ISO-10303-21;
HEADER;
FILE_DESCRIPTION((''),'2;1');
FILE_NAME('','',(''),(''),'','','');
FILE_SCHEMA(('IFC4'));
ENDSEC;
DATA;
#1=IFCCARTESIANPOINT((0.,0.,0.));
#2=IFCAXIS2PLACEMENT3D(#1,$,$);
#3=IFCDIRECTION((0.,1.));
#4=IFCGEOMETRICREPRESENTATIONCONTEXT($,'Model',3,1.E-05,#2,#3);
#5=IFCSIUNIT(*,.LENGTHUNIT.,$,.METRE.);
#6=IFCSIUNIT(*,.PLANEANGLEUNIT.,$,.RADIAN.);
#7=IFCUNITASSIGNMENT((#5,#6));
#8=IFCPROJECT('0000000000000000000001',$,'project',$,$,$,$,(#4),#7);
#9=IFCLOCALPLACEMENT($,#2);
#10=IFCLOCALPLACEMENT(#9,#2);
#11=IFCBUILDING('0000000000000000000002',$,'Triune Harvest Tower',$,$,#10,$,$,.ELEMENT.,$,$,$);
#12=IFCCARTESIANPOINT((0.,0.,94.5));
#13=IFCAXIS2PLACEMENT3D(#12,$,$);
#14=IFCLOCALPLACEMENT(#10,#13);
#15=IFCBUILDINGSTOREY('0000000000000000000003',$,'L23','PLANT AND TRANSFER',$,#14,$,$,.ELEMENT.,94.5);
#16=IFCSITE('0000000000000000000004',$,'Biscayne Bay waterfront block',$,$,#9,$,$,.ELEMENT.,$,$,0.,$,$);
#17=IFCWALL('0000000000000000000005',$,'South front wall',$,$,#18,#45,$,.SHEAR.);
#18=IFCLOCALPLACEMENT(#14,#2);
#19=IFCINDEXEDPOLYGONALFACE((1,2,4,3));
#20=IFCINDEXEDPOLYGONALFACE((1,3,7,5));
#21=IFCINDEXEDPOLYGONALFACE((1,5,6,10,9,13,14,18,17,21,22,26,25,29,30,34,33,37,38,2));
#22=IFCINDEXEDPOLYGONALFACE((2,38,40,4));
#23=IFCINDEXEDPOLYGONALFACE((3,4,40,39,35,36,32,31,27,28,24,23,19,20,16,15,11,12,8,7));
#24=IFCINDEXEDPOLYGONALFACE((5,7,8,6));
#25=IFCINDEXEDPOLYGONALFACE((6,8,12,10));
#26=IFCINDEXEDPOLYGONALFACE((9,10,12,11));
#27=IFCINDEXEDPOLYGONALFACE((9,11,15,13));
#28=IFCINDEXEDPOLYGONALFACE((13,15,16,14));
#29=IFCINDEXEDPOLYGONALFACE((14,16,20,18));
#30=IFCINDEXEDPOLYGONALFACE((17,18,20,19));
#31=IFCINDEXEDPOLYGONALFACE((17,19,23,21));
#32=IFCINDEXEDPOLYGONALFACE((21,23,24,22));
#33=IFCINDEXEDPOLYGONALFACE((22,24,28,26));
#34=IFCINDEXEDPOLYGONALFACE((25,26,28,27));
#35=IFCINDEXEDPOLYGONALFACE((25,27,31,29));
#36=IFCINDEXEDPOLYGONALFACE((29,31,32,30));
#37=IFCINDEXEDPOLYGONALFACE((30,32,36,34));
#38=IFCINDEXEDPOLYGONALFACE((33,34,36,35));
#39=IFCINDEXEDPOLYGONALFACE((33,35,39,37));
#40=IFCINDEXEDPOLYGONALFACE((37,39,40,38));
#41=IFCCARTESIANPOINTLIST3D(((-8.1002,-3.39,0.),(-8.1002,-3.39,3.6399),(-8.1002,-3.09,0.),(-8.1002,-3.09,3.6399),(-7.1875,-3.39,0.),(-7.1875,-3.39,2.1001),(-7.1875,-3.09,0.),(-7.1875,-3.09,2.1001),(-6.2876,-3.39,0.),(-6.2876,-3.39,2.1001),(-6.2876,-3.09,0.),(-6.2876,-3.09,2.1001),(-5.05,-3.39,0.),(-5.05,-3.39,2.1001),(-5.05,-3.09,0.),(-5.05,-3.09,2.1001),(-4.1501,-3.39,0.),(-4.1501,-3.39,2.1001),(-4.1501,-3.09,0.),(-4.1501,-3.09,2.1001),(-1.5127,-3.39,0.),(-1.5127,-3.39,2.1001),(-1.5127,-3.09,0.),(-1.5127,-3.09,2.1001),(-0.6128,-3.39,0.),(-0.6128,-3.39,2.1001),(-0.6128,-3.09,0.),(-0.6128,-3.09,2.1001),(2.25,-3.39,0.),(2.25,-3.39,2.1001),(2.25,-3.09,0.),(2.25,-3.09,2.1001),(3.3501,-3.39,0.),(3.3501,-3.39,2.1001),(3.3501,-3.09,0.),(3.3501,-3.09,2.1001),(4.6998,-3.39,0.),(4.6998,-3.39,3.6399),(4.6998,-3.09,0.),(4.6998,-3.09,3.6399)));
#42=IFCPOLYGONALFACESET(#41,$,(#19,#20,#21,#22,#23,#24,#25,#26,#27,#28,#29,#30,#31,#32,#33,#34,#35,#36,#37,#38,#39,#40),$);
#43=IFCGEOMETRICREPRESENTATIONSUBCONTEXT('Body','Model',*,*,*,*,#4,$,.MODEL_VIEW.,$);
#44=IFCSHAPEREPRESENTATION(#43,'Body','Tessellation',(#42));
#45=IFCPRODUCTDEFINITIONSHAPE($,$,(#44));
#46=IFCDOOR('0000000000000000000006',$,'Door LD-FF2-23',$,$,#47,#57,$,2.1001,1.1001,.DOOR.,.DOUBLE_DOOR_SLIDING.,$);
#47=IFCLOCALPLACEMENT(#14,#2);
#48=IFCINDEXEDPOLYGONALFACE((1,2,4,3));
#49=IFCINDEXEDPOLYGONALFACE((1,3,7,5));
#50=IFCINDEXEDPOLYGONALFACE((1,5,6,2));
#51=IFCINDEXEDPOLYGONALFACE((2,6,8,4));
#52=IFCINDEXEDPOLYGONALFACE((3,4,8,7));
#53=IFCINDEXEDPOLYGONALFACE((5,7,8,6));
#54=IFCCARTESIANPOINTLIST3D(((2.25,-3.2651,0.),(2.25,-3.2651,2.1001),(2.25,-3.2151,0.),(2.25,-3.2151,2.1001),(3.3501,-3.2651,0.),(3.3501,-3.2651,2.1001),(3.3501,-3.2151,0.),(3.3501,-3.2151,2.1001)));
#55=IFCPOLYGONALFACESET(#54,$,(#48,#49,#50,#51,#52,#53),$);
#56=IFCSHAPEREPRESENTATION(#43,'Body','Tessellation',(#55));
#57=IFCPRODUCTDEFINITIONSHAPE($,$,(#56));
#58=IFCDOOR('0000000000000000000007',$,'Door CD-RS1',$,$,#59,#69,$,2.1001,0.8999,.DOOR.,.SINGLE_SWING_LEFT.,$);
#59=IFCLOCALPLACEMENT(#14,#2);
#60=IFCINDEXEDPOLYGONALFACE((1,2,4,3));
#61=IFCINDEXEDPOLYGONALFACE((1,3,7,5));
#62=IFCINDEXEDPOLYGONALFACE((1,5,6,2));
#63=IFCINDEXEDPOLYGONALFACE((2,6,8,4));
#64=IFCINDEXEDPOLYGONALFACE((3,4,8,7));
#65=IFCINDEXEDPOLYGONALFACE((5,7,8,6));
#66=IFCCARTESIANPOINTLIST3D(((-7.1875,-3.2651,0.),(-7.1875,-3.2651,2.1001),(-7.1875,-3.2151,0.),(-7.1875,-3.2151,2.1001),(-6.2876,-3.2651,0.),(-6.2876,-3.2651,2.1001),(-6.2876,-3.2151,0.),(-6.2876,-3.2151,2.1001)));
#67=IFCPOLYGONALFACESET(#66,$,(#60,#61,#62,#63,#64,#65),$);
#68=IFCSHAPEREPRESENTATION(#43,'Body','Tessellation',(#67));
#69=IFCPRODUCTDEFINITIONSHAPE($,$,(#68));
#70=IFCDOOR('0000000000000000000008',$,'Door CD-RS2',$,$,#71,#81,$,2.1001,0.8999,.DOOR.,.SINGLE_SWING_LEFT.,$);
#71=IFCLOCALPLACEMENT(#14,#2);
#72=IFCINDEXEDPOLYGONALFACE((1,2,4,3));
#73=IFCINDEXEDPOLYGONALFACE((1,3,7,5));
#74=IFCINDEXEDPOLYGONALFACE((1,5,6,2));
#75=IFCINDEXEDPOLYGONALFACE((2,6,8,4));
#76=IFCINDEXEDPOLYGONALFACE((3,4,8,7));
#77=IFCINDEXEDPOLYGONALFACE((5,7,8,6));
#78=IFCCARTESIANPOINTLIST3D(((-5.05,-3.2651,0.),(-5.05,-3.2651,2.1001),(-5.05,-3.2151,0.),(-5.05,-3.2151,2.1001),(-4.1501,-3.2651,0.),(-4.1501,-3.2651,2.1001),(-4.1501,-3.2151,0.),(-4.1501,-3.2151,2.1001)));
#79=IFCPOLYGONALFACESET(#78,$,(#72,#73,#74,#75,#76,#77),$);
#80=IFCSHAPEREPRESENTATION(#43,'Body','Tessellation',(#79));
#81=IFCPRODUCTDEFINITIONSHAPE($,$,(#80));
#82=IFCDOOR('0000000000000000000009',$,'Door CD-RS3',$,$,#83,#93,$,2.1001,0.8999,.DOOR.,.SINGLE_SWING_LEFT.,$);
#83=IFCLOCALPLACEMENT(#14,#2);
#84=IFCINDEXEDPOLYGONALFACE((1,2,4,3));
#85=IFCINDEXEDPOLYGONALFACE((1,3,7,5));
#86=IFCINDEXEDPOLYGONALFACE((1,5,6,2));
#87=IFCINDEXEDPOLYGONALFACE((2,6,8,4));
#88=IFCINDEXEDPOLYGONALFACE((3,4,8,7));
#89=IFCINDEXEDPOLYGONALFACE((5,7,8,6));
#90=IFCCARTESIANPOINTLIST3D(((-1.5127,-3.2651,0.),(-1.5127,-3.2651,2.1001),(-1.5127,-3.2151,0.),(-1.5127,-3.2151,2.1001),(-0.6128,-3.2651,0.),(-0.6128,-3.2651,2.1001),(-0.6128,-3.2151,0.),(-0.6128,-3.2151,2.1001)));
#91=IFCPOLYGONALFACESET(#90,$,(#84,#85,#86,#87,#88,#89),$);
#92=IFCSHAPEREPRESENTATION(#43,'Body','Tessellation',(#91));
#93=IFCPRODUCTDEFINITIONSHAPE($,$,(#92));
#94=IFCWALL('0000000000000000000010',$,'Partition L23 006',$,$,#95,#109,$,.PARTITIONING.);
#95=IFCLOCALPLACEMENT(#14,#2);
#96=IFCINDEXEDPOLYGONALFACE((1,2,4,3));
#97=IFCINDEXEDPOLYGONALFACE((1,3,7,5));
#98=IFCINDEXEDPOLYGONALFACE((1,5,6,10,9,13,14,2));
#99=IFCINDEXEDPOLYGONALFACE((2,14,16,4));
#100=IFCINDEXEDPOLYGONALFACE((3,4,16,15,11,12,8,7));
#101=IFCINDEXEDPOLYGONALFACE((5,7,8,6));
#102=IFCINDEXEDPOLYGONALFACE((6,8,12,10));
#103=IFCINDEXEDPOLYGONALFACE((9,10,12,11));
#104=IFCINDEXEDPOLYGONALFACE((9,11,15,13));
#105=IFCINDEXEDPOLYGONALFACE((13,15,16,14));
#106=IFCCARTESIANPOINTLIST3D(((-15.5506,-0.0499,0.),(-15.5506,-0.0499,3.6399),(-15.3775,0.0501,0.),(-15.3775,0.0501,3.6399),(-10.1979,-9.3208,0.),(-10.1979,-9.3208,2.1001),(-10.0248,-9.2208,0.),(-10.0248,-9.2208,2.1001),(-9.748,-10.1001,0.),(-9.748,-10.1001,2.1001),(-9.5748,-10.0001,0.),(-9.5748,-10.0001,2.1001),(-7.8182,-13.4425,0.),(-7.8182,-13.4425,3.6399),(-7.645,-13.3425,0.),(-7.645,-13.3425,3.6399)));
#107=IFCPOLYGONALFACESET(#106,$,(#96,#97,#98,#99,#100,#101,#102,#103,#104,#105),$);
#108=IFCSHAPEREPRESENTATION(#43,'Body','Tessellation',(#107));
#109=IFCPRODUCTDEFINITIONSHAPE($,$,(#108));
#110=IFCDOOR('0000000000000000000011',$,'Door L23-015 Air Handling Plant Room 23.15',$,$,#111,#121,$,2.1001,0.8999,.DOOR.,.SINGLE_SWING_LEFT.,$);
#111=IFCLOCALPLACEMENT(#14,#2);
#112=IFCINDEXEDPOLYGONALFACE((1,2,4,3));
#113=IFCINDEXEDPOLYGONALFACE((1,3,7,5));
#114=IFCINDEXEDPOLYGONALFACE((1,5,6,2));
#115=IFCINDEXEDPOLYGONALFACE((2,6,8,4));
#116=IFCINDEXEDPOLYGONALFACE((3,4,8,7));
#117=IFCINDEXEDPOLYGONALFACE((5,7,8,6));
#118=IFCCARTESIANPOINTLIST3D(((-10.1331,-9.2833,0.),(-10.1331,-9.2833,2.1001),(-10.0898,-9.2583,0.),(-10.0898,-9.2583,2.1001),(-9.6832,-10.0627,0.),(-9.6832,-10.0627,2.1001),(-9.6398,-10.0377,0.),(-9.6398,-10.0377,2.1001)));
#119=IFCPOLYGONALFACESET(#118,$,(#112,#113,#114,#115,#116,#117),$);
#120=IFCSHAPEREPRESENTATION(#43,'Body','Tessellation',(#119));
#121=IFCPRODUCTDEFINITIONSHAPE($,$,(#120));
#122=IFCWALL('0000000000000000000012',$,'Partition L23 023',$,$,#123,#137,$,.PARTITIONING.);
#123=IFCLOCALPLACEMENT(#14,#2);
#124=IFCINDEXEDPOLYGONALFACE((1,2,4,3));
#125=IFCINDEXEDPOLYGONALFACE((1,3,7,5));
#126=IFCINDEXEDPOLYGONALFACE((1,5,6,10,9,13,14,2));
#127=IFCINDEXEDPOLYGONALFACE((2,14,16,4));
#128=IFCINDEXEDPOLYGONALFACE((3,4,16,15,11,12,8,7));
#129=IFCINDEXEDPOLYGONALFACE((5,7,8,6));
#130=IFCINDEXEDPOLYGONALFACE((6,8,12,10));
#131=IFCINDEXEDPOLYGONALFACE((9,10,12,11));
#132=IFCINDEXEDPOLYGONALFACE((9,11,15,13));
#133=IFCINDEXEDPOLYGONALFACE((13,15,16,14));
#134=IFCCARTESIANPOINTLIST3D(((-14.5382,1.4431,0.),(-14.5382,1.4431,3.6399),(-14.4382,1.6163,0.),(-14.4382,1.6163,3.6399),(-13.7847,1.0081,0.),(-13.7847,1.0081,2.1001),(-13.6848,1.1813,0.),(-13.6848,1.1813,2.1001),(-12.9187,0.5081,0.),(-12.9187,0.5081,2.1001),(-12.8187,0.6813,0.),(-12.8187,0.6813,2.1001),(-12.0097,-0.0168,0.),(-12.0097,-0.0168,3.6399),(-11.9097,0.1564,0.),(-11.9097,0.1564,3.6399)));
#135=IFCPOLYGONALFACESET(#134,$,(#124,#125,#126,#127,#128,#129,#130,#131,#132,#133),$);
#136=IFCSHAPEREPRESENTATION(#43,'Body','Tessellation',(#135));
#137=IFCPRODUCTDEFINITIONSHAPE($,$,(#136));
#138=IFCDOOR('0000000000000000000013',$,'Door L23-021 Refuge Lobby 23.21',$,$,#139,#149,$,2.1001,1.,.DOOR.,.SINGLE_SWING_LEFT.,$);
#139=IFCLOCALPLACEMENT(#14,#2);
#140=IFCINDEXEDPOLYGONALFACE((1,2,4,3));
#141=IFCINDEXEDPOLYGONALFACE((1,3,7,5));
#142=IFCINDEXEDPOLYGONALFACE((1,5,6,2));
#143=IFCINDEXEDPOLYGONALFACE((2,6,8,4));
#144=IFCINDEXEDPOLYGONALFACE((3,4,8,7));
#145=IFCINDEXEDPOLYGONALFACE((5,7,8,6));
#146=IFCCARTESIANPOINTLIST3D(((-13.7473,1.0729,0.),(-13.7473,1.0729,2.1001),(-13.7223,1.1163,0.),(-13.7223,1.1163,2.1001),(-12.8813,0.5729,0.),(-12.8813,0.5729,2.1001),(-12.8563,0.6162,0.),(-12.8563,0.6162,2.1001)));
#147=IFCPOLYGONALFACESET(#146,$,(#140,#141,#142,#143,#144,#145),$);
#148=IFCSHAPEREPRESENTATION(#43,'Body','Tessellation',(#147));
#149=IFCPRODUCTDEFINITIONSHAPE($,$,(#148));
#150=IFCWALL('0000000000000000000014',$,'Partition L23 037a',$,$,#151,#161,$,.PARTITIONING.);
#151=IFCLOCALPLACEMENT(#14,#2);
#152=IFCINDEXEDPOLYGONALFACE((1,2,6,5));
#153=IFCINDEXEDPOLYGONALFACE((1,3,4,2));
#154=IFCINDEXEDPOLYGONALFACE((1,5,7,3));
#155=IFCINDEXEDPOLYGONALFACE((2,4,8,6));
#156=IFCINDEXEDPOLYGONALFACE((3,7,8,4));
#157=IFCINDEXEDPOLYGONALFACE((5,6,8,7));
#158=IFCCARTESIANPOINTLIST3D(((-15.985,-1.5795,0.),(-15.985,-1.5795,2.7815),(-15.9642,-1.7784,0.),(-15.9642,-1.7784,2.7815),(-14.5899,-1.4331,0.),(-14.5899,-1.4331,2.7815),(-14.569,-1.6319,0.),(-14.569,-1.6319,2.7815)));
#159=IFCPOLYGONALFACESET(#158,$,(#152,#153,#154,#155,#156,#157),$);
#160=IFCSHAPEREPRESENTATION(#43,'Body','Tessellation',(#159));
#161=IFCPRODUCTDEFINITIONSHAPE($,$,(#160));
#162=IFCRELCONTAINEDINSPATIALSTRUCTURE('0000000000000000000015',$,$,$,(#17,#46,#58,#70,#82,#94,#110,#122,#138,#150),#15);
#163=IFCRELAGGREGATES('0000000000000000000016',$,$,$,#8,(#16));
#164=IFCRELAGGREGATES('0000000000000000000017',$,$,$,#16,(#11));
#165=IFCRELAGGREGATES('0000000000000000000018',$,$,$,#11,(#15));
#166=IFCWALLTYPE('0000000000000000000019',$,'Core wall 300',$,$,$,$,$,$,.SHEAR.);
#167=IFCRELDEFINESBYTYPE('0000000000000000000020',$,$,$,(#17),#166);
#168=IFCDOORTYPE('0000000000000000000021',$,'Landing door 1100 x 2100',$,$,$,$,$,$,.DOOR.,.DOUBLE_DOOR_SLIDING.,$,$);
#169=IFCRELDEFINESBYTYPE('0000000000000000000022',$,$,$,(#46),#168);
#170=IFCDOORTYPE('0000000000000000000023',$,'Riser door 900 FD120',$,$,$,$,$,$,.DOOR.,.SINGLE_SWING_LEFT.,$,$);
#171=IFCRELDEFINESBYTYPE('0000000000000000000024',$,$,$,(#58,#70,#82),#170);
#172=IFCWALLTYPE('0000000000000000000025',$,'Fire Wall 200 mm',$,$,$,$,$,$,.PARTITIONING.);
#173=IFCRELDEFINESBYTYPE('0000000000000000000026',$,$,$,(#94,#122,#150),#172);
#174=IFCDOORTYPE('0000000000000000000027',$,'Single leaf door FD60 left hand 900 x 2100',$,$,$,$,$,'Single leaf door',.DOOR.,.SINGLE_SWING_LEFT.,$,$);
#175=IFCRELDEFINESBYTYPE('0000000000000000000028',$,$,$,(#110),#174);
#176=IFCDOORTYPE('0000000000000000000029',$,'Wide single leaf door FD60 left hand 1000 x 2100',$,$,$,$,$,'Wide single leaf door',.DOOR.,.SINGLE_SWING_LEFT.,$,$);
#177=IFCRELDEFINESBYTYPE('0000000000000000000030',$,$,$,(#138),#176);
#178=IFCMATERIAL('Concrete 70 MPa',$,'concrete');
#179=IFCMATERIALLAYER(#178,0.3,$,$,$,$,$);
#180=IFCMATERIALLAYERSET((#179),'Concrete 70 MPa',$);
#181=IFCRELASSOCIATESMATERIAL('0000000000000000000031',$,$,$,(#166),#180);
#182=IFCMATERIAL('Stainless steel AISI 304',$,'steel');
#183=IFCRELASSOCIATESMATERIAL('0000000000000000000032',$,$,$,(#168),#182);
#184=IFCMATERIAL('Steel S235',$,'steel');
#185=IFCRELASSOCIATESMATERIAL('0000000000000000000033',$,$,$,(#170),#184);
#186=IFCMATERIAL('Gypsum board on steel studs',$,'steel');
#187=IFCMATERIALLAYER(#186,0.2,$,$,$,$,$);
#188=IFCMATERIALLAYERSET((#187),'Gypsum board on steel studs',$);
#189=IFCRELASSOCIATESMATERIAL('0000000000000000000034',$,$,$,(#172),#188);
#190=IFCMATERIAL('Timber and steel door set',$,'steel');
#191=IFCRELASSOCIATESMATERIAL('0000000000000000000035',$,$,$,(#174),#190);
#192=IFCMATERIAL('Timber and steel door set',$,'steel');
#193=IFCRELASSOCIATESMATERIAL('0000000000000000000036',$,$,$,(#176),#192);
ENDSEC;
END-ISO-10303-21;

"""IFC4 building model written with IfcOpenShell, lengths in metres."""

from ifc_helpers import new_model, si_unit, direction, frame, frame_2d, origin, place, context, subcontext, project, spatial, rectangle, extrude, material, layer, layer_set, type_object, element, fill, save


model = new_model("IFC4")

# Units and contexts
model_context = context("Model", 3, precision=1e-05, world=origin(), true_north=direction((0.0, 1.0)))
body_context = subcontext(model_context, "Body", "Model", "MODEL_VIEW")
ifc_project = project(units=[si_unit("LENGTHUNIT", "METRE"), si_unit("PLANEANGLEUNIT", "RADIAN")], contexts=[model_context])

# Site, building, storey
site_placement = place(None, origin())
site = spatial("IfcSite", under=ifc_project, at=site_placement, Name="Biscayne Bay waterfront block", CompositionType="ELEMENT", RefElevation=0.0)
building_placement = place(site_placement, origin())
building = spatial("IfcBuilding", under=site, at=building_placement, Name="Triune Harvest Tower", CompositionType="ELEMENT")
storey_placement = place(building_placement, frame((0.0, 0.0, 94.5)))
storey = spatial("IfcBuildingStorey", under=building, at=storey_placement, Name="L23", Description="PLANT AND TRANSFER", CompositionType="ELEMENT", Elevation=94.5)

# Wall, openings, doors
ifc_material_1 = material(Name="Concrete 70 MPa", Category="concrete")
ifc_layer_1 = layer(ifc_material_1, 0.3)
ifc_layer_set_1 = layer_set([ifc_layer_1], Name="Concrete 70 MPa")
wall_type_1 = type_object("IfcWallType", Name="Core wall 300", PredefinedType="SHEAR", material=ifc_layer_set_1)
ifc_material_2 = material(Name="Stainless steel AISI 304", Category="steel")
door_type_1 = type_object("IfcDoorType", Name="Landing door 1100 x 2100", OperationType="DOUBLE_DOOR_SLIDING", PredefinedType="DOOR", material=ifc_material_2)
wall_1_placement = place(storey_placement, frame((-8.1001, -3.24, 0.0), z_axis=(0.0, 0.0, 1.0), x_axis=(1.0, 0.0, 0.0)))
wall_1 = element("IfcWall", 1, at=wall_1_placement, inside=storey, type_object=wall_type_1, Name="South front wall", PredefinedType="SHEAR", context=body_context, shape_type="SweptSolid", body=[
    extrude(rectangle(XDim=12.8, YDim=0.3, at=frame_2d((6.3999, 0.0))), origin(), (0.0, 0.0, 1.0), 3.6399),
])
opening_1_placement = place(wall_1_placement, frame((0.9126, 0.0, 0.0)))
opening_1 = element("IfcOpeningElement", 2, at=opening_1_placement, cuts=wall_1, PredefinedType="OPENING", context=body_context, shape_type="SweptSolid", body=[
    extrude(rectangle(XDim=0.8999, YDim=2.1001, at=frame_2d((0.45, 1.05))), frame((0.0, 0.1602, 0.0), z_axis=(0.0, -1.0, 0.0), x_axis=(1.0, 0.0, 0.0)), (0.0, 0.0, 1.0), 0.3201),
])
opening_2_placement = place(wall_1_placement, frame((3.05, 0.0, 0.0)))
opening_2 = element("IfcOpeningElement", 3, at=opening_2_placement, cuts=wall_1, PredefinedType="OPENING", context=body_context, shape_type="SweptSolid", body=[
    extrude(rectangle(XDim=0.8999, YDim=2.1001, at=frame_2d((0.45, 1.05))), frame((0.0, 0.1602, 0.0), z_axis=(0.0, -1.0, 0.0), x_axis=(1.0, 0.0, 0.0)), (0.0, 0.0, 1.0), 0.3201),
])
opening_3_placement = place(wall_1_placement, frame((6.5874, 0.0, 0.0)))
opening_3 = element("IfcOpeningElement", 4, at=opening_3_placement, cuts=wall_1, PredefinedType="OPENING", context=body_context, shape_type="SweptSolid", body=[
    extrude(rectangle(XDim=0.8999, YDim=2.1001, at=frame_2d((0.45, 1.05))), frame((0.0, 0.1602, 0.0), z_axis=(0.0, -1.0, 0.0), x_axis=(1.0, 0.0, 0.0)), (0.0, 0.0, 1.0), 0.3201),
])
opening_4_placement = place(wall_1_placement, frame((10.3501, 0.0, 0.0)))
opening_4 = element("IfcOpeningElement", 5, at=opening_4_placement, cuts=wall_1, PredefinedType="OPENING", context=body_context, shape_type="SweptSolid", body=[
    extrude(rectangle(XDim=1.1001, YDim=2.1001, at=frame_2d((0.55, 1.05))), frame((0.0, 0.1602, 0.0), z_axis=(0.0, -1.0, 0.0), x_axis=(1.0, 0.0, 0.0)), (0.0, 0.0, 1.0), 0.3201),
])
door_1_placement = place(opening_4_placement, origin())
door_1 = element("IfcDoor", 6, at=door_1_placement, inside=storey, type_object=door_type_1, Name="Door LD-FF2-23", OperationType="DOUBLE_DOOR_SLIDING", OverallHeight=2.1001, OverallWidth=1.1001, PredefinedType="DOOR", context=body_context, shape_type="SweptSolid", body=[
    extrude(rectangle(XDim=1.1001, YDim=2.1001, at=frame_2d((0.55, 1.05))), frame((0.0, 0.0249, 0.0), z_axis=(0.0, -1.0, 0.0), x_axis=(1.0, 0.0, 0.0)), (0.0, 0.0, 1.0), 0.05),
])
fill(opening_4, door_1)
ifc_material_3 = material(Name="Steel S235", Category="steel")
door_type_2 = type_object("IfcDoorType", Name="Riser door 900 FD120", OperationType="SINGLE_SWING_LEFT", PredefinedType="DOOR", material=ifc_material_3)
door_2_placement = place(opening_1_placement, origin())
door_2 = element("IfcDoor", 7, at=door_2_placement, inside=storey, type_object=door_type_2, Name="Door CD-RS1", OperationType="SINGLE_SWING_LEFT", OverallHeight=2.1001, OverallWidth=0.8999, PredefinedType="DOOR", context=body_context, shape_type="SweptSolid", body=[
    extrude(rectangle(XDim=0.8999, YDim=2.1001, at=frame_2d((0.45, 1.05))), frame((0.0, 0.0249, 0.0), z_axis=(0.0, -1.0, 0.0), x_axis=(1.0, 0.0, 0.0)), (0.0, 0.0, 1.0), 0.05),
])
fill(opening_1, door_2)
door_3_placement = place(opening_2_placement, origin())
door_3 = element("IfcDoor", 8, at=door_3_placement, inside=storey, type_object=door_type_2, Name="Door CD-RS2", OperationType="SINGLE_SWING_LEFT", OverallHeight=2.1001, OverallWidth=0.8999, PredefinedType="DOOR", context=body_context, shape_type="SweptSolid", body=[
    extrude(rectangle(XDim=0.8999, YDim=2.1001, at=frame_2d((0.45, 1.05))), frame((0.0, 0.0249, 0.0), z_axis=(0.0, -1.0, 0.0), x_axis=(1.0, 0.0, 0.0)), (0.0, 0.0, 1.0), 0.05),
])
fill(opening_2, door_3)
door_4_placement = place(opening_3_placement, origin())
door_4 = element("IfcDoor", 9, at=door_4_placement, inside=storey, type_object=door_type_2, Name="Door CD-RS3", OperationType="SINGLE_SWING_LEFT", OverallHeight=2.1001, OverallWidth=0.8999, PredefinedType="DOOR", context=body_context, shape_type="SweptSolid", body=[
    extrude(rectangle(XDim=0.8999, YDim=2.1001, at=frame_2d((0.45, 1.05))), frame((0.0, 0.0249, 0.0), z_axis=(0.0, -1.0, 0.0), x_axis=(1.0, 0.0, 0.0)), (0.0, 0.0, 1.0), 0.05),
])
fill(opening_3, door_4)

# Walls, openings, doors
ifc_material_4 = material(Name="Gypsum board on steel studs", Category="steel")
ifc_layer_2 = layer(ifc_material_4, 0.2)
ifc_layer_set_2 = layer_set([ifc_layer_2], Name="Gypsum board on steel studs")
wall_type_2 = type_object("IfcWallType", Name="Fire Wall 200 mm", PredefinedType="PARTITIONING", material=ifc_layer_set_2)
wall_2_placement = place(storey_placement, frame((-15.4641, 0.0002, 0.0), z_axis=(0.0, 0.0, 1.0), x_axis=(0.50001, -0.866019, 0.0)))
wall_2 = element("IfcWall", 10, at=wall_2_placement, inside=storey, type_object=wall_type_2, Name="Partition L23 006", PredefinedType="PARTITIONING", context=body_context, shape_type="SweptSolid", body=[
    extrude(rectangle(XDim=15.4646, YDim=0.2, at=frame_2d((7.7324, 0.0))), origin(), (0.0, 0.0, 1.0), 3.6399),
])
opening_5_placement = place(wall_2_placement, frame((10.7053, 0.0, 0.0)))
opening_5 = element("IfcOpeningElement", 11, at=opening_5_placement, cuts=wall_2, PredefinedType="OPENING", context=body_context, shape_type="SweptSolid", body=[
    extrude(rectangle(XDim=0.8999, YDim=2.1001, at=frame_2d((0.45, 1.05))), frame((0.0, 0.1099, 0.0), z_axis=(0.0, -1.0, 0.0), x_axis=(1.0, 0.0, 0.0)), (0.0, 0.0, 1.0), 0.22),
])
ifc_material_5 = material(Name="Timber and steel door set", Category="steel")
door_type_3 = type_object("IfcDoorType", Name="Single leaf door FD60 left hand 900 x 2100", ElementType="Single leaf door", OperationType="SINGLE_SWING_LEFT", PredefinedType="DOOR", material=ifc_material_5)
door_5_placement = place(opening_5_placement, origin())
door_5 = element("IfcDoor", 12, at=door_5_placement, inside=storey, type_object=door_type_3, Name="Door L23-015 Air Handling Plant Room 23.15", OperationType="SINGLE_SWING_LEFT", OverallHeight=2.1001, OverallWidth=0.8999, PredefinedType="DOOR", context=body_context, shape_type="SweptSolid", body=[
    extrude(rectangle(XDim=0.8999, YDim=2.1001, at=frame_2d((0.45, 1.05))), frame((0.0, 0.0249, 0.0), z_axis=(0.0, -1.0, 0.0), x_axis=(1.0, 0.0, 0.0)), (0.0, 0.0, 1.0), 0.05),
])
fill(opening_5, door_5)
wall_3_placement = place(storey_placement, frame((-14.4883, 1.5298, 0.0), z_axis=(0.0, 0.0, 1.0), x_axis=(0.866012, -0.500024, 0.0)))
wall_3 = element("IfcWall", 13, at=wall_3_placement, inside=storey, type_object=wall_type_2, Name="Partition L23 023", PredefinedType="PARTITIONING", context=body_context, shape_type="SweptSolid", body=[
    extrude(rectangle(XDim=2.9197, YDim=0.2, at=frame_2d((1.46, 0.0))), origin(), (0.0, 0.0, 1.0), 3.6399),
])
opening_6_placement = place(wall_3_placement, frame((0.8701, 0.0, 0.0)))
opening_6 = element("IfcOpeningElement", 14, at=opening_6_placement, cuts=wall_3, PredefinedType="OPENING", context=body_context, shape_type="SweptSolid", body=[
    extrude(rectangle(XDim=1.0, YDim=2.1001, at=frame_2d((0.5, 1.05))), frame((0.0, 0.1099, 0.0), z_axis=(0.0, -1.0, 0.0), x_axis=(1.0, 0.0, 0.0)), (0.0, 0.0, 1.0), 0.22),
])
ifc_material_6 = material(Name="Timber and steel door set", Category="steel")
door_type_4 = type_object("IfcDoorType", Name="Wide single leaf door FD60 left hand 1000 x 2100", ElementType="Wide single leaf door", OperationType="SINGLE_SWING_LEFT", PredefinedType="DOOR", material=ifc_material_6)
door_6_placement = place(opening_6_placement, origin())
door_6 = element("IfcDoor", 15, at=door_6_placement, inside=storey, type_object=door_type_4, Name="Door L23-021 Refuge Lobby 23.21", OperationType="SINGLE_SWING_LEFT", OverallHeight=2.1001, OverallWidth=1.0, PredefinedType="DOOR", context=body_context, shape_type="SweptSolid", body=[
    extrude(rectangle(XDim=1.0, YDim=2.1001, at=frame_2d((0.5, 1.05))), frame((0.0, 0.0249, 0.0), z_axis=(0.0, -1.0, 0.0), x_axis=(1.0, 0.0, 0.0)), (0.0, 0.0, 1.0), 0.05),
])
fill(opening_6, door_6)

# Wall
wall_4_placement = place(storey_placement, frame((-15.9746, -1.679, 0.0), z_axis=(0.0, 0.0, 1.0), x_axis=(0.994534, 0.104413, 0.0)))
element("IfcWall", 16, at=wall_4_placement, inside=storey, type_object=wall_type_2, Name="Partition L23 037a", PredefinedType="PARTITIONING", context=body_context, shape_type="SweptSolid", body=[
    extrude(rectangle(XDim=1.4028, YDim=0.2, at=frame_2d((0.7014, 0.0))), origin(), (0.0, 0.0, 1.0), 2.7815),
])

save(model, "model.ifc")
